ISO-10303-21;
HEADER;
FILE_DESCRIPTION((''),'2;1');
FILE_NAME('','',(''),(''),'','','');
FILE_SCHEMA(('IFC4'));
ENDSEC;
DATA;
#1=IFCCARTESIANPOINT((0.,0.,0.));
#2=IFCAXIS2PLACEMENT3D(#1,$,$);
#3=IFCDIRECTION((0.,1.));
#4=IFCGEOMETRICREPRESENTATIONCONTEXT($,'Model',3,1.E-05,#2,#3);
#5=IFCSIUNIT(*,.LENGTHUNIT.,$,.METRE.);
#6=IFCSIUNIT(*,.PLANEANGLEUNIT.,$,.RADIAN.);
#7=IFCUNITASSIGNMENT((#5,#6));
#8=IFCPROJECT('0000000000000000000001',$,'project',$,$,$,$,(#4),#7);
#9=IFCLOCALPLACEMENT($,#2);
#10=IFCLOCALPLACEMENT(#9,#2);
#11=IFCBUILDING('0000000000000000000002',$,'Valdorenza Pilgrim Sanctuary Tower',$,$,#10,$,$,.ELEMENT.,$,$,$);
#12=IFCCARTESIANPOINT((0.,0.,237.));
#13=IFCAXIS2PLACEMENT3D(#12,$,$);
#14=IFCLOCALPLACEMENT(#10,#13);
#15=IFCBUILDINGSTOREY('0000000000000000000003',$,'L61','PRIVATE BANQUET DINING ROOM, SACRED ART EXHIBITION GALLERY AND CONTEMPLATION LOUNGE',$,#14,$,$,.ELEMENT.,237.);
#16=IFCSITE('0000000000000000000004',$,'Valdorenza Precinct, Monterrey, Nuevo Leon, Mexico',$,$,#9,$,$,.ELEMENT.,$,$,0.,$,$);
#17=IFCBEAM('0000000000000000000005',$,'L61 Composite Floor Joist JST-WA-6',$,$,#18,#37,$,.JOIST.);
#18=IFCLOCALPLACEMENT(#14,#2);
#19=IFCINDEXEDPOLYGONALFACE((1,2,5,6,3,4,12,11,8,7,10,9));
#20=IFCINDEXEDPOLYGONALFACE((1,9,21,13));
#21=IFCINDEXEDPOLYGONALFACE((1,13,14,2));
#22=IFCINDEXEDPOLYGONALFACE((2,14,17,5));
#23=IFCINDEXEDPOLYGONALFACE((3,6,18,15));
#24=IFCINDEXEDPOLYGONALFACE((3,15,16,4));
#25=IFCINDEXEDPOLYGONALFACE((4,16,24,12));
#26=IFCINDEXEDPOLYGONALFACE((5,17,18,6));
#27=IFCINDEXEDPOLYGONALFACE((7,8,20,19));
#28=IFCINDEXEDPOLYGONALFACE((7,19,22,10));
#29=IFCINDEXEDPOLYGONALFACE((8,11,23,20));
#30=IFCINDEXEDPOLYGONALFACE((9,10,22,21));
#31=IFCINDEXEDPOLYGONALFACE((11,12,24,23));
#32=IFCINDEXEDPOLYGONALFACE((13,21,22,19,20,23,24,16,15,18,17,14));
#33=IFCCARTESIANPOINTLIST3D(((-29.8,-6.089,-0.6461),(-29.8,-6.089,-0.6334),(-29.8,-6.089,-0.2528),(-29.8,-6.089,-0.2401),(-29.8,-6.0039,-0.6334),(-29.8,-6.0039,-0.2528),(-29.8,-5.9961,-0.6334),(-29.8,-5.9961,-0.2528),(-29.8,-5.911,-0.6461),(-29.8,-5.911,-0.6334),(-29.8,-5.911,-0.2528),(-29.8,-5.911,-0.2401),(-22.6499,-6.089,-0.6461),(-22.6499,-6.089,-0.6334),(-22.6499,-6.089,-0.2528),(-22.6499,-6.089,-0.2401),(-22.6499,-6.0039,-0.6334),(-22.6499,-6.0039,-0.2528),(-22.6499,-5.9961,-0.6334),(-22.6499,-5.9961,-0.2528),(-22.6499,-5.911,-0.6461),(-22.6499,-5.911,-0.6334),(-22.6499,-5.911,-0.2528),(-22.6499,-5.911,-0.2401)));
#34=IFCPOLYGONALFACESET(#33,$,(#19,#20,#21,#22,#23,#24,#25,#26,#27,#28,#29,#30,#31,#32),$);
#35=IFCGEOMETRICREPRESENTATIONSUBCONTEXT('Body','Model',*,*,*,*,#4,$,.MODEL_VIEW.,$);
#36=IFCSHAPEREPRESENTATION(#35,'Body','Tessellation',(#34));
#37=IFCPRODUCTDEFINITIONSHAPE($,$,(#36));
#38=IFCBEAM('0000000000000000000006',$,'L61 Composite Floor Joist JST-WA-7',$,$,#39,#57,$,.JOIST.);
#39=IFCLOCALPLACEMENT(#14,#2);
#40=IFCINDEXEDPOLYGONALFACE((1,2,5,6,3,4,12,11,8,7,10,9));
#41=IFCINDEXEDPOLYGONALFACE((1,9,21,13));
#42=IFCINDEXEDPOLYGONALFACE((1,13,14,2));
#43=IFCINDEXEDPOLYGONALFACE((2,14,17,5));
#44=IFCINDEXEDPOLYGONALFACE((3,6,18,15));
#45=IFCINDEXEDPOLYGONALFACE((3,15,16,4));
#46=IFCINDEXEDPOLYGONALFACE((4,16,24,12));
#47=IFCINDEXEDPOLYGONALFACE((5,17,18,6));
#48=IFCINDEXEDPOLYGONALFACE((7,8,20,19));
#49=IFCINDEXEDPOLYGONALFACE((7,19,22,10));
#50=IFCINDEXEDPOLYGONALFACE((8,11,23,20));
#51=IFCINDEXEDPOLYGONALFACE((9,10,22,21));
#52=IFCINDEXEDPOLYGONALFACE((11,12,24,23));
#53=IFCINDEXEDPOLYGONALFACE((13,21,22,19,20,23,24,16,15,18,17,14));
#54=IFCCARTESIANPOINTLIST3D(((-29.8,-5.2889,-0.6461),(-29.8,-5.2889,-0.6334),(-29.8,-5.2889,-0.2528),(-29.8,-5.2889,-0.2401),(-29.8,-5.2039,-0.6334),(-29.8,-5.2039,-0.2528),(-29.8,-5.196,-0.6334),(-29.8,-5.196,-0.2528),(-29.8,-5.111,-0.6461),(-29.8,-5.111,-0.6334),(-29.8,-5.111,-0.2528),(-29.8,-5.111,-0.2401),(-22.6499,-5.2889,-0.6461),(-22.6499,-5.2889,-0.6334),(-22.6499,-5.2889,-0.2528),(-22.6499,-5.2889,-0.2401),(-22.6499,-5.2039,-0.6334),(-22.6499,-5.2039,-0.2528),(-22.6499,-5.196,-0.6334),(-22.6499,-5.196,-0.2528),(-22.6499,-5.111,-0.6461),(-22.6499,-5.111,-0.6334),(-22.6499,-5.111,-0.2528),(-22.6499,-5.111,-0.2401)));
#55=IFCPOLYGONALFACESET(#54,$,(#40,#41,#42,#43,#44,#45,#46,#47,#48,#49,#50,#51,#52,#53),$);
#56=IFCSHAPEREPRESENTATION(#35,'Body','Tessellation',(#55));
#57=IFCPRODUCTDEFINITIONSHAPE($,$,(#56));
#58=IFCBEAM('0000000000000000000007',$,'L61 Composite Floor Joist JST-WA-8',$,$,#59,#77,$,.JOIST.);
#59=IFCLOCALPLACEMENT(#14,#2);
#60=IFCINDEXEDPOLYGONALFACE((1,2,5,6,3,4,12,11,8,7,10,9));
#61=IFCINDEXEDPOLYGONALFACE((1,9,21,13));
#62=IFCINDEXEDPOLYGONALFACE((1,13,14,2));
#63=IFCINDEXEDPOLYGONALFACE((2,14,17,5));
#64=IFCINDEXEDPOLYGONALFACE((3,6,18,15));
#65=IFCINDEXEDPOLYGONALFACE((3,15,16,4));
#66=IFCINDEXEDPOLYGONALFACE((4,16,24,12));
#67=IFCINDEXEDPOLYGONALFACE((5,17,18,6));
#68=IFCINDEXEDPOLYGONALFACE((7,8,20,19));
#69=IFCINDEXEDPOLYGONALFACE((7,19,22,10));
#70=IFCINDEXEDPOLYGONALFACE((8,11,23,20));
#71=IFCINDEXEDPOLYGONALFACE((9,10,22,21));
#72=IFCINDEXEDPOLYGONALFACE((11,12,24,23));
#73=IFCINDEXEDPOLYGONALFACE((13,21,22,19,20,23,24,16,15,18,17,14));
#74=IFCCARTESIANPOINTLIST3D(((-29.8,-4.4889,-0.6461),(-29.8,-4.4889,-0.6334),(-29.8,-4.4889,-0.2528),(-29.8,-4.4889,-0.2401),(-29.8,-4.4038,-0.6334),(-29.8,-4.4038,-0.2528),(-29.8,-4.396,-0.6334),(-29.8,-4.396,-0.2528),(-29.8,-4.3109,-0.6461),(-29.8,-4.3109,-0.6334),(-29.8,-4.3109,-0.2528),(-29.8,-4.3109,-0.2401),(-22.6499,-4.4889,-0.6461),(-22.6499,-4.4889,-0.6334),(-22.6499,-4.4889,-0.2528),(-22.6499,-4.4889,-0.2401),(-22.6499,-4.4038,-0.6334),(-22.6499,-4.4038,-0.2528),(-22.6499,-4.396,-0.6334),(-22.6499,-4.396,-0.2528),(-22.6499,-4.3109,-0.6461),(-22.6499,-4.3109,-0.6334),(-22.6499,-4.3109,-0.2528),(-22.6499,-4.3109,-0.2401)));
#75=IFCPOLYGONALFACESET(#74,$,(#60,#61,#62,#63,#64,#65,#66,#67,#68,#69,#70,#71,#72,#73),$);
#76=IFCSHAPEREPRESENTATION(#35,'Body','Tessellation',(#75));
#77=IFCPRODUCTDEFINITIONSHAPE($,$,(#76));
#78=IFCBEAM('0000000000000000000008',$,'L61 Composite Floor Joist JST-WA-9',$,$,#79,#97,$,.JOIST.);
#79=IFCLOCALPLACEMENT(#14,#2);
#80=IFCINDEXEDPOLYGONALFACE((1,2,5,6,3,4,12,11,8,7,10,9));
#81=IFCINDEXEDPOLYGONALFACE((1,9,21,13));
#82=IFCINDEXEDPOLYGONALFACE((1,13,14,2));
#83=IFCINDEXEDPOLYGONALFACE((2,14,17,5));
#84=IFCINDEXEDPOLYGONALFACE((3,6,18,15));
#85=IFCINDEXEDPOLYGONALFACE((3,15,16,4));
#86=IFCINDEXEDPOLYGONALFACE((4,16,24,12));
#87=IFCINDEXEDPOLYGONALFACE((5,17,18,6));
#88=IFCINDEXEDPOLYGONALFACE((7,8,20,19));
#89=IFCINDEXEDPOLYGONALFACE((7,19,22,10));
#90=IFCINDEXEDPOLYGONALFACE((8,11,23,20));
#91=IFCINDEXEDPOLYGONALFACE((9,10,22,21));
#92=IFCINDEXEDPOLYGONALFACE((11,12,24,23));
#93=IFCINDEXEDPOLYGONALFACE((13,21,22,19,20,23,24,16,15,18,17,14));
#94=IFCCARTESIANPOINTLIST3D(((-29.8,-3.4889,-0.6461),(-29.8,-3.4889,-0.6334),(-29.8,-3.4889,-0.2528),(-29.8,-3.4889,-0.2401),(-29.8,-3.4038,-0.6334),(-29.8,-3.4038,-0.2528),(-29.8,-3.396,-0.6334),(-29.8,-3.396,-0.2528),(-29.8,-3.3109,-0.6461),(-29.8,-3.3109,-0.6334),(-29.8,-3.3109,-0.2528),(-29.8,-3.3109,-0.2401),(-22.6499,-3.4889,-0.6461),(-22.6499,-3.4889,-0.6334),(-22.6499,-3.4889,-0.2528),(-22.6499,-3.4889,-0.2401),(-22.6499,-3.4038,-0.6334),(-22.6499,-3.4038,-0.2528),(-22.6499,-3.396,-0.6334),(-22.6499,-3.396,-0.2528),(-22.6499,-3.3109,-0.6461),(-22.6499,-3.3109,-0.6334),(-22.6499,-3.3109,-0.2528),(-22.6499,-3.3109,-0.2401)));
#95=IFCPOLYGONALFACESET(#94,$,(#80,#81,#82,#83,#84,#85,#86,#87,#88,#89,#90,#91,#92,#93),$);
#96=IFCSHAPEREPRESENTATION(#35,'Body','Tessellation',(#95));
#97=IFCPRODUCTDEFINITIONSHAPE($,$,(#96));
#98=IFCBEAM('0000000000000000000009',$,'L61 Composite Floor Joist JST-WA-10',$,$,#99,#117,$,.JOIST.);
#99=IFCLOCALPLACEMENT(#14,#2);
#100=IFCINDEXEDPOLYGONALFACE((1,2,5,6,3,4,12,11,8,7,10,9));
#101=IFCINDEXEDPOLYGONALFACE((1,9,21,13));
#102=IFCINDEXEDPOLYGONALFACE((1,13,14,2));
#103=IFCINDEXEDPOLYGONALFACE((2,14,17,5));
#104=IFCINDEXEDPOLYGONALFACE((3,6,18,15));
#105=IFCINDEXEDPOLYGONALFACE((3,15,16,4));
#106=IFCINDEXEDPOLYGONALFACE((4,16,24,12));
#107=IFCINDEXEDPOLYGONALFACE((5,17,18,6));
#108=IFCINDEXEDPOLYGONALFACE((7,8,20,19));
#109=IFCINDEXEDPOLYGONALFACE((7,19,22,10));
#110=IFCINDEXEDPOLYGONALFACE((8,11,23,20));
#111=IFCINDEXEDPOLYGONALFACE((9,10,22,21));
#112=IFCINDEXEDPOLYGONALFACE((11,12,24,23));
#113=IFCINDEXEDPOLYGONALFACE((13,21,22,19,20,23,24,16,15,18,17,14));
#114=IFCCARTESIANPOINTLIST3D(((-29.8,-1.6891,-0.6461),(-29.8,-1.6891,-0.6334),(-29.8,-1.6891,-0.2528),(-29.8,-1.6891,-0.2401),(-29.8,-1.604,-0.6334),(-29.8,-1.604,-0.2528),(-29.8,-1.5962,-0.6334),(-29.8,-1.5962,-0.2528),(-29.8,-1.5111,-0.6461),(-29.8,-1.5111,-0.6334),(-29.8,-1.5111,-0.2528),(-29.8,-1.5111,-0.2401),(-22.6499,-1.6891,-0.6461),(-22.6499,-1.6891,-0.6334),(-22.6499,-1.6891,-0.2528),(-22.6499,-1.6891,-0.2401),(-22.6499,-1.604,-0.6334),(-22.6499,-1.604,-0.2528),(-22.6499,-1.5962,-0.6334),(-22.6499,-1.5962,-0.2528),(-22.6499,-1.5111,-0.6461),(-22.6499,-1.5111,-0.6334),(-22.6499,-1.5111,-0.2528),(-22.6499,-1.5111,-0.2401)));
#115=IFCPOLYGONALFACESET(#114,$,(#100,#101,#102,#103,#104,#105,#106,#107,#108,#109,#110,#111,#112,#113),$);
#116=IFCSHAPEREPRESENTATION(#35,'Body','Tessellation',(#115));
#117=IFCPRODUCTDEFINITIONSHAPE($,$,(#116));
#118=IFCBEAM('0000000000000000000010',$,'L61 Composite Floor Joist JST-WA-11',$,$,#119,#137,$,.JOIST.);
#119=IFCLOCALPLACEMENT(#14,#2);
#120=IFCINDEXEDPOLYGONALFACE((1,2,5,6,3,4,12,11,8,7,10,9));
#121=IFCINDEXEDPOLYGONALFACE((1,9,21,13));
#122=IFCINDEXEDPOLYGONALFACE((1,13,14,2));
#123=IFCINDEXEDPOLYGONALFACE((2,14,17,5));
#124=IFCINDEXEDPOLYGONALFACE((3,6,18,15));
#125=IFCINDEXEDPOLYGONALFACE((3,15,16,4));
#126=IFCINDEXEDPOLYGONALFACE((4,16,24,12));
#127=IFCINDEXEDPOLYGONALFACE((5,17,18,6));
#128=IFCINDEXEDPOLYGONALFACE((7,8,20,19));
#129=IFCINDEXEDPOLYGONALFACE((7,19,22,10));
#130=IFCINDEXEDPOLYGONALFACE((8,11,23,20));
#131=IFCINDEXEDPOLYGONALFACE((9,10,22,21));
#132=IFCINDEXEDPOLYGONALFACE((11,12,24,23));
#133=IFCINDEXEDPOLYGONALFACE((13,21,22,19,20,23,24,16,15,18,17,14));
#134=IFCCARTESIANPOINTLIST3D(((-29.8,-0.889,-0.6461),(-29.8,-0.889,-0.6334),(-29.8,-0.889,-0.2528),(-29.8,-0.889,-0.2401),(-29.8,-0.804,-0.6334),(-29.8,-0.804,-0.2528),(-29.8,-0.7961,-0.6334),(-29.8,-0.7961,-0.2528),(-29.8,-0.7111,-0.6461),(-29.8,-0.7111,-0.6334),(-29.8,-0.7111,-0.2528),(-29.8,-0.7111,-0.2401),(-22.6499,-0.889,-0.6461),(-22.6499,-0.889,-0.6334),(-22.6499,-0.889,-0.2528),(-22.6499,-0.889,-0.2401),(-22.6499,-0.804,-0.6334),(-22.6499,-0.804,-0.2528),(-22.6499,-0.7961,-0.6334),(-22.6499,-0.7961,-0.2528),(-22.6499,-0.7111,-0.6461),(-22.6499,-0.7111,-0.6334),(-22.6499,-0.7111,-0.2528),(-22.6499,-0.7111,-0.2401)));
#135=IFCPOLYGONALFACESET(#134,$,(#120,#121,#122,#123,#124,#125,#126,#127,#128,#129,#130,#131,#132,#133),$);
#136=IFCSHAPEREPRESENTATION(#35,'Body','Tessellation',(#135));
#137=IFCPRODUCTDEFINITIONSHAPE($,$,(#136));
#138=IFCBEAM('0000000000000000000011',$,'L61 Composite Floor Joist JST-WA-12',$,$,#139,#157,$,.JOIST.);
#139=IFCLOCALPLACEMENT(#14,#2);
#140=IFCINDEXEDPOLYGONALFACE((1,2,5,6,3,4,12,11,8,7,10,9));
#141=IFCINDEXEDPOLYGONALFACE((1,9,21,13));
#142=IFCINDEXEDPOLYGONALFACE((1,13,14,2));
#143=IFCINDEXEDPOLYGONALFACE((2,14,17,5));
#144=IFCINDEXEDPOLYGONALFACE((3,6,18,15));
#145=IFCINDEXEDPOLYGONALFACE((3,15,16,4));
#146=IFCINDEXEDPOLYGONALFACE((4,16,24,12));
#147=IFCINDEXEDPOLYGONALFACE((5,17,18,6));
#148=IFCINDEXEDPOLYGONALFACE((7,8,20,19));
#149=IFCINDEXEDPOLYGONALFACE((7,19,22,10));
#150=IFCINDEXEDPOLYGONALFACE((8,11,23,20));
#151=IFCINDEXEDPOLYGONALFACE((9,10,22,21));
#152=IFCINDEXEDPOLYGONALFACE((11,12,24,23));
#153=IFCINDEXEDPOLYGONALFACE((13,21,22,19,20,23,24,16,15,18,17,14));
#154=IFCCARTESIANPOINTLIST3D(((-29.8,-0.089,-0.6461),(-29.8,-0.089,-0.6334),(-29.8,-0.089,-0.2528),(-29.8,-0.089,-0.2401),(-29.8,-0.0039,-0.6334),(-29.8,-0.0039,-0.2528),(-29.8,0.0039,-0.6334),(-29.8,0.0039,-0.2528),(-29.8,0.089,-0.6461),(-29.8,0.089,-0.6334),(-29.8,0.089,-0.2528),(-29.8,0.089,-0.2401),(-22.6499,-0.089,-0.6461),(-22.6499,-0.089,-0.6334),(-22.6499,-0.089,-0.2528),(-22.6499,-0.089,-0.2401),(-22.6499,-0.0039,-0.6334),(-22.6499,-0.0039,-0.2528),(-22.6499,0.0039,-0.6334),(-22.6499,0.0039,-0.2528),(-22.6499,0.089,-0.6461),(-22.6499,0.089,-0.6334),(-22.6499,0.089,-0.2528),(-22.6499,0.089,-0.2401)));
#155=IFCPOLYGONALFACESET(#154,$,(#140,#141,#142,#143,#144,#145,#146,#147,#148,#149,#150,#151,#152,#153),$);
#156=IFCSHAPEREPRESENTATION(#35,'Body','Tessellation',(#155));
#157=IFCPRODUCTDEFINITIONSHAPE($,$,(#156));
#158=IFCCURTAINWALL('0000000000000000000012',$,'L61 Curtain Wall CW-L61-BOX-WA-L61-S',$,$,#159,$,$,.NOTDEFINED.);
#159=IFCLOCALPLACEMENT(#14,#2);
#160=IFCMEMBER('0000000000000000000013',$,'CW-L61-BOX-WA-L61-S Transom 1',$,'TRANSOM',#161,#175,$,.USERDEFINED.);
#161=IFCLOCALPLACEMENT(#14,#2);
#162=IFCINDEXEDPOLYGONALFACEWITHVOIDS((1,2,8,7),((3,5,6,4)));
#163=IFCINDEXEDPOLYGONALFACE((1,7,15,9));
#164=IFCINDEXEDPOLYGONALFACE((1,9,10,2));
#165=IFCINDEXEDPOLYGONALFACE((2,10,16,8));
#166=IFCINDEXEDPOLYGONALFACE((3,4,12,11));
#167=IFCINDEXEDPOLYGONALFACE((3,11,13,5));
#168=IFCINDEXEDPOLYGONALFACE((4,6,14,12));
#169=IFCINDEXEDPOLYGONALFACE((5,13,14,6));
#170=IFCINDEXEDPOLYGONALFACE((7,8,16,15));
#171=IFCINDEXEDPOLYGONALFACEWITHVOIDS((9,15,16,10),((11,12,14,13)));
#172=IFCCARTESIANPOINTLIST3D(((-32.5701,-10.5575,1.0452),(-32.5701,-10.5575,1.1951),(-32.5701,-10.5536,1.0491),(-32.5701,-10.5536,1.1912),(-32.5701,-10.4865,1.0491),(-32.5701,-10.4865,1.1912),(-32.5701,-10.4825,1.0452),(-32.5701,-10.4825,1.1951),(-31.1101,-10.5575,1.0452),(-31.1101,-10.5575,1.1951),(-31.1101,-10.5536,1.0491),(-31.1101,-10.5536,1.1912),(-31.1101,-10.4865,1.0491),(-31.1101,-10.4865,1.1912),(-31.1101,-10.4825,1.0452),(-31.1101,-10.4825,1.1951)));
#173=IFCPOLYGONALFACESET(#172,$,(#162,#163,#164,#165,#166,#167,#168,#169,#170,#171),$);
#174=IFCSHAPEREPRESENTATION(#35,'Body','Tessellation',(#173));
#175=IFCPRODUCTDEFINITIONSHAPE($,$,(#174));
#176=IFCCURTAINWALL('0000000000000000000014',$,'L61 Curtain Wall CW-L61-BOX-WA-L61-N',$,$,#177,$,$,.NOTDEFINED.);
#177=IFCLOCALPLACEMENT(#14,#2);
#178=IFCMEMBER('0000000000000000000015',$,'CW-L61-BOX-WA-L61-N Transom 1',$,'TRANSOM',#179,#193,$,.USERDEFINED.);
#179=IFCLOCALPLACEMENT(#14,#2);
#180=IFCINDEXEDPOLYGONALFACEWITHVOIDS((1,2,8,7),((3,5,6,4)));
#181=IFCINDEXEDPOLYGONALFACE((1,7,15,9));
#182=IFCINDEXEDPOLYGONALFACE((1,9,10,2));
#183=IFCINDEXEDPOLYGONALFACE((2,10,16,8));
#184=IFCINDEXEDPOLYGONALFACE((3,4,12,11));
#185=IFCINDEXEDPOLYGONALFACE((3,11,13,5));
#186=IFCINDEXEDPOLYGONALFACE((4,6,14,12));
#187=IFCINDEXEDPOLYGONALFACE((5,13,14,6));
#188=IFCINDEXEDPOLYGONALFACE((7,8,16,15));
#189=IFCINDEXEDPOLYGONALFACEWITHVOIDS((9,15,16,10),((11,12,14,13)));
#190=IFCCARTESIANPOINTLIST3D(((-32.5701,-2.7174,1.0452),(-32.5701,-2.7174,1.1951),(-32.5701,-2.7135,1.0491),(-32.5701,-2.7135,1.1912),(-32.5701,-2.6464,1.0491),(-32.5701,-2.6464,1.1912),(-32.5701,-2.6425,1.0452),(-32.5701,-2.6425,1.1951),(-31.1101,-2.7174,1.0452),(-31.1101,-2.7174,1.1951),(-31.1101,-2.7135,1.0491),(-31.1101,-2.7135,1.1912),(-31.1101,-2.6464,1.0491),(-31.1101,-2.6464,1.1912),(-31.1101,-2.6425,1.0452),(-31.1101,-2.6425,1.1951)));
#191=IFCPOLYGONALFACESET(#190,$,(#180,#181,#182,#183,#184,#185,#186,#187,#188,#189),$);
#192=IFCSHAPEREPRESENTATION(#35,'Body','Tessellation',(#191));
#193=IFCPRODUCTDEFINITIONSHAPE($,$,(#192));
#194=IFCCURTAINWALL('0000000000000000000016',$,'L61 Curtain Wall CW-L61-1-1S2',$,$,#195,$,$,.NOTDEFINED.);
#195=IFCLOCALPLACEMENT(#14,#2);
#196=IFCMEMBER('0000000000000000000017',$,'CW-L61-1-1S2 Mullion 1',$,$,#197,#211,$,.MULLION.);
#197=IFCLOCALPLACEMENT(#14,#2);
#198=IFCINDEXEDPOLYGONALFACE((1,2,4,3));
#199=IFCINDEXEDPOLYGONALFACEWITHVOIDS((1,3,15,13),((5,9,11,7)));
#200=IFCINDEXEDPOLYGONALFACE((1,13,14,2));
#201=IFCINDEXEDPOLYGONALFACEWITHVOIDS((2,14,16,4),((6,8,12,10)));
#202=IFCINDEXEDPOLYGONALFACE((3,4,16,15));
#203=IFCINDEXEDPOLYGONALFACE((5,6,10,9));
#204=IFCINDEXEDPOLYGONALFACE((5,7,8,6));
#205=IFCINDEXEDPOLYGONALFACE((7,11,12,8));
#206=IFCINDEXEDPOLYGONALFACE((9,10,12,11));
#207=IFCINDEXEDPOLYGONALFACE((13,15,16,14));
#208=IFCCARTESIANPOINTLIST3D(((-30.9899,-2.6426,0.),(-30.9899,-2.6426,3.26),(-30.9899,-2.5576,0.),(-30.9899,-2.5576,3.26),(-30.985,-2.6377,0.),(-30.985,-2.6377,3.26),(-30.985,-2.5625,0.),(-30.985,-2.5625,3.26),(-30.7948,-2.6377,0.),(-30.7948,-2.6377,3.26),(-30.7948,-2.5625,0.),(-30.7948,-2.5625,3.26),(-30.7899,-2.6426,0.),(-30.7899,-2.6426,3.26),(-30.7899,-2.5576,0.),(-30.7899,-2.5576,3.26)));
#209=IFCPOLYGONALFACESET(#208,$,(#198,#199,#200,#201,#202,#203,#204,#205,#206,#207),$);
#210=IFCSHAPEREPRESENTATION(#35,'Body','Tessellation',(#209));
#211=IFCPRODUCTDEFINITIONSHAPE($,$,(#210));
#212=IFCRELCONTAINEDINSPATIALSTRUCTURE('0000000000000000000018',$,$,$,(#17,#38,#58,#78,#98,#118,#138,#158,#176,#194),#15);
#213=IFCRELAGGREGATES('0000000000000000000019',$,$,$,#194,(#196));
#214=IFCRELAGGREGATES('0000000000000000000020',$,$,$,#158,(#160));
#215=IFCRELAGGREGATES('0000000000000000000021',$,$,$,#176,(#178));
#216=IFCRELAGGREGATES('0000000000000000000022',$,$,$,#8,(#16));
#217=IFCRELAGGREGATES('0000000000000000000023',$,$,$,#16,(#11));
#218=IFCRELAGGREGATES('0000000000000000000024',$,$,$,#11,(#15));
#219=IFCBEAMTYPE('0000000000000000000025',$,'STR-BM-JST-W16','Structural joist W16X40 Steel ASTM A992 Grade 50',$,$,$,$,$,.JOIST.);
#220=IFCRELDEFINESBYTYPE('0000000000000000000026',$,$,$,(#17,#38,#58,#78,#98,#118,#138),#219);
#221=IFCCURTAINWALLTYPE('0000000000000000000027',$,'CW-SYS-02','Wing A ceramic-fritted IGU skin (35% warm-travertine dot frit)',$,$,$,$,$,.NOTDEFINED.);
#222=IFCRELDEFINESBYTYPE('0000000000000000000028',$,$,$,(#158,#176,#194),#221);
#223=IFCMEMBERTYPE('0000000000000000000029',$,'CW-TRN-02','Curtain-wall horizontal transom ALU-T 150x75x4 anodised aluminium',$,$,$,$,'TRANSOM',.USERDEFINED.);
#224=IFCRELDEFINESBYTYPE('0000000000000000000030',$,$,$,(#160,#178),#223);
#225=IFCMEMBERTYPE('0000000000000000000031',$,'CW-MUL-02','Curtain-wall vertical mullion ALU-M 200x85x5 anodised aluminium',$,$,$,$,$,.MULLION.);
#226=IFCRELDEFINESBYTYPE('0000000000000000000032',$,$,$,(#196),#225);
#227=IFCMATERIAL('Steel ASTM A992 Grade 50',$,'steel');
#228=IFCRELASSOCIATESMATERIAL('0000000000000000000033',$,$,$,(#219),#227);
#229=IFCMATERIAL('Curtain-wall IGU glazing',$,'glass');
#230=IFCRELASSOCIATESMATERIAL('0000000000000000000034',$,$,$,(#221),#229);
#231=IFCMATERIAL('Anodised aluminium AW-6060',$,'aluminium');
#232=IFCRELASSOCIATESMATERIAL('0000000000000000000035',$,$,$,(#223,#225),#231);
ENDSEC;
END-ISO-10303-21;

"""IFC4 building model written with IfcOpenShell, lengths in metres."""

from ifc_helpers import new_model, si_unit, direction, frame, origin, origin_2d, place, context, subcontext, project, spatial, hollow_rectangle, i_section, extrude, source, transform, mapped, material, material_profile, profile_set, type_object, element, aggregate, save


model = new_model("IFC4")

# Units and contexts
model_context = context("Model", 3, precision=1e-05, world=origin(), true_north=direction((0.0, 1.0)))
body_context = subcontext(model_context, "Body", "Model", "MODEL_VIEW")
ifc_project = project(units=[si_unit("LENGTHUNIT", "METRE"), si_unit("PLANEANGLEUNIT", "RADIAN")], contexts=[model_context])

# Site, building, storey
site_placement = place(None, origin())
site = spatial("IfcSite", under=ifc_project, at=site_placement, Name="Valdorenza Precinct, Monterrey, Nuevo Leon, Mexico", CompositionType="ELEMENT", RefElevation=0.0)
building_placement = place(site_placement, origin())
building = spatial("IfcBuilding", under=site, at=building_placement, Name="Valdorenza Pilgrim Sanctuary Tower", CompositionType="ELEMENT")
storey_placement = place(building_placement, frame((0.0, 0.0, 237.0)))
storey = spatial("IfcBuildingStorey", under=building, at=storey_placement, Name="L61", Description="PRIVATE BANQUET DINING ROOM, SACRED ART EXHIBITION GALLERY AND CONTEMPLATION LOUNGE", CompositionType="ELEMENT", Elevation=237.0)

# Beams
ifc_material_1 = material(Name="Steel ASTM A992 Grade 50", Category="steel")
ifc_material_profile_1 = material_profile(ifc_material_1, i_section(OverallWidth=0.178, OverallDepth=0.406, WebThickness=0.0078, FlangeThickness=0.0127, at=origin_2d()), Name="W16X40")
ifc_profile_set_1 = profile_set([ifc_material_profile_1], Name="Steel ASTM A992 Grade 50")
beam_type_1 = type_object("IfcBeamType", Name="STR-BM-JST-W16", Description="Structural joist W16X40 Steel ASTM A992 Grade 50", PredefinedType="JOIST", material=ifc_profile_set_1)
shared_shape_1 = source(origin(), body_context, "Body", "SweptSolid", [
    extrude(i_section(OverallWidth=0.178, OverallDepth=0.406, WebThickness=0.0078, FlangeThickness=0.0127, at=origin_2d()), origin(), (0.0, 0.0, 1.0), 7.1501),
])
for number, where, z_axis, x_axis, name in (
    (1, (-29.8, -6.0, -0.4431), (1.0, 0.0, 0.0), (0.0, 1.0, 0.0), "L61 Composite Floor Joist JST-WA-6"),
    (2, (-29.8, -5.2, -0.4431), (1.0, 0.0, 0.0), (0.0, 1.0, 0.0), "L61 Composite Floor Joist JST-WA-7"),
    (3, (-29.8, -4.3999, -0.4431), (1.0, 0.0, 0.0), (0.0, 1.0, 0.0), "L61 Composite Floor Joist JST-WA-8"),
    (4, (-29.8, -3.3999, -0.4431), (1.0, 0.0, 0.0), (0.0, 1.0, 0.0), "L61 Composite Floor Joist JST-WA-9"),
    (5, (-29.8, -1.6001, -0.4431), (1.0, 0.0, 0.0), (0.0, 1.0, 0.0), "L61 Composite Floor Joist JST-WA-10"),
    (6, (-29.8, -0.8, -0.4431), (1.0, 0.0, 0.0), (0.0, 1.0, 0.0), "L61 Composite Floor Joist JST-WA-11"),
    (7, (-29.8, 0.0, -0.4431), (1.0, 0.0, 0.0), (0.0, 1.0, 0.0), "L61 Composite Floor Joist JST-WA-12"),
):
    element("IfcBeam", number, at=place(storey_placement, frame(where, z_axis=z_axis, x_axis=x_axis)), inside=storey, type_object=beam_type_1, Name=name, PredefinedType="JOIST", context=body_context, shape_type="MappedRepresentation", body=[
        mapped(shared_shape_1, transform((0.0, 0.0, 0.0), x_axis=(1.0, 0.0, 0.0), y_axis=(0.0, 1.0, 0.0), z_axis=(0.0, 0.0, 1.0), scale=1.0)),
    ])

# Curtain walls, members
ifc_material_2 = material(Name="Curtain-wall IGU glazing", Category="glass")
curtain_wall_type = type_object("IfcCurtainWallType", Name="CW-SYS-02", Description="Wing A ceramic-fritted IGU skin (35% warm-travertine dot frit)", PredefinedType="NOTDEFINED", material=ifc_material_2)
curtain_wall_1_placement = place(storey_placement, origin())
curtain_wall_1 = element("IfcCurtainWall", 8, at=curtain_wall_1_placement, inside=storey, type_object=curtain_wall_type, Name="L61 Curtain Wall CW-L61-BOX-WA-L61-S", PredefinedType="NOTDEFINED")
ifc_material_3 = material(Name="Anodised aluminium AW-6060", Category="aluminium")
ifc_material_profile_2 = material_profile(ifc_material_3, hollow_rectangle(XDim=0.075, YDim=0.1499, WallThickness=0.0039, at=origin_2d()), Name="ALU-T 150x75x4")
ifc_profile_set_2 = profile_set([ifc_material_profile_2], Name="Anodised aluminium AW-6060")
member_type_1 = type_object("IfcMemberType", Name="CW-TRN-02", Description="Curtain-wall horizontal transom ALU-T 150x75x4 anodised aluminium", ElementType="TRANSOM", PredefinedType="USERDEFINED", material=ifc_profile_set_2)
shared_shape_2 = source(origin(), body_context, "Body", "SweptSolid", [
    extrude(hollow_rectangle(XDim=0.075, YDim=0.1499, WallThickness=0.0039, at=origin_2d()), origin(), (0.0, 0.0, 1.0), 1.46),
])
member_1_placement = place(storey_placement, frame((-31.1101, -10.52, 1.1201), z_axis=(-1.0, 0.0, 0.0), x_axis=(0.0, -1.0, 0.0)))
member_1 = element("IfcMember", 9, at=member_1_placement, type_object=member_type_1, Name="CW-L61-BOX-WA-L61-S Transom 1", ObjectType="TRANSOM", PredefinedType="USERDEFINED", context=body_context, shape_type="MappedRepresentation", body=[
    mapped(shared_shape_2, transform((0.0, 0.0, 0.0), x_axis=(1.0, 0.0, 0.0), y_axis=(0.0, 1.0, 0.0), z_axis=(0.0, 0.0, 1.0), scale=1.0)),
])
curtain_wall_2_placement = place(storey_placement, origin())
curtain_wall_2 = element("IfcCurtainWall", 10, at=curtain_wall_2_placement, inside=storey, type_object=curtain_wall_type, Name="L61 Curtain Wall CW-L61-BOX-WA-L61-N", PredefinedType="NOTDEFINED")
member_2_placement = place(storey_placement, frame((-32.5701, -2.6799, 1.1201), z_axis=(1.0, 0.0, 0.0), x_axis=(0.0, 1.0, 0.0)))
member_2 = element("IfcMember", 11, at=member_2_placement, type_object=member_type_1, Name="CW-L61-BOX-WA-L61-N Transom 1", ObjectType="TRANSOM", PredefinedType="USERDEFINED", context=body_context, shape_type="MappedRepresentation", body=[
    mapped(shared_shape_2, transform((0.0, 0.0, 0.0), x_axis=(1.0, 0.0, 0.0), y_axis=(0.0, 1.0, 0.0), z_axis=(0.0, 0.0, 1.0), scale=1.0)),
])
curtain_wall_3_placement = place(storey_placement, origin())
curtain_wall_3 = element("IfcCurtainWall", 12, at=curtain_wall_3_placement, inside=storey, type_object=curtain_wall_type, Name="L61 Curtain Wall CW-L61-1-1S2", PredefinedType="NOTDEFINED")
ifc_material_profile_3 = material_profile(ifc_material_3, hollow_rectangle(XDim=0.085, YDim=0.2, WallThickness=0.0049, at=origin_2d()), Name="ALU-M 200x85x5")
ifc_profile_set_3 = profile_set([ifc_material_profile_3], Name="Anodised aluminium AW-6060")
member_type_2 = type_object("IfcMemberType", Name="CW-MUL-02", Description="Curtain-wall vertical mullion ALU-M 200x85x5 anodised aluminium", PredefinedType="MULLION", material=ifc_profile_set_3)
shared_shape_3 = source(origin(), body_context, "Body", "SweptSolid", [
    extrude(hollow_rectangle(XDim=0.085, YDim=0.2, WallThickness=0.0049, at=origin_2d()), origin(), (0.0, 0.0, 1.0), 3.26),
])
member_3_placement = place(storey_placement, frame((-30.8899, -2.6001, 0.0), z_axis=(0.0, 0.0, 1.0), x_axis=(0.0, 1.0, 0.0)))
member_3 = element("IfcMember", 13, at=member_3_placement, type_object=member_type_2, Name="CW-L61-1-1S2 Mullion 1", PredefinedType="MULLION", context=body_context, shape_type="MappedRepresentation", body=[
    mapped(shared_shape_3, transform((0.0, 0.0, 0.0), x_axis=(1.0, 0.0, 0.0), y_axis=(0.0, 1.0, 0.0), z_axis=(0.0, 0.0, 1.0), scale=1.0)),
])

aggregate(curtain_wall_3, [member_3])

aggregate(curtain_wall_1, [member_1])
aggregate(curtain_wall_2, [member_2])

save(model, "model.ifc")
